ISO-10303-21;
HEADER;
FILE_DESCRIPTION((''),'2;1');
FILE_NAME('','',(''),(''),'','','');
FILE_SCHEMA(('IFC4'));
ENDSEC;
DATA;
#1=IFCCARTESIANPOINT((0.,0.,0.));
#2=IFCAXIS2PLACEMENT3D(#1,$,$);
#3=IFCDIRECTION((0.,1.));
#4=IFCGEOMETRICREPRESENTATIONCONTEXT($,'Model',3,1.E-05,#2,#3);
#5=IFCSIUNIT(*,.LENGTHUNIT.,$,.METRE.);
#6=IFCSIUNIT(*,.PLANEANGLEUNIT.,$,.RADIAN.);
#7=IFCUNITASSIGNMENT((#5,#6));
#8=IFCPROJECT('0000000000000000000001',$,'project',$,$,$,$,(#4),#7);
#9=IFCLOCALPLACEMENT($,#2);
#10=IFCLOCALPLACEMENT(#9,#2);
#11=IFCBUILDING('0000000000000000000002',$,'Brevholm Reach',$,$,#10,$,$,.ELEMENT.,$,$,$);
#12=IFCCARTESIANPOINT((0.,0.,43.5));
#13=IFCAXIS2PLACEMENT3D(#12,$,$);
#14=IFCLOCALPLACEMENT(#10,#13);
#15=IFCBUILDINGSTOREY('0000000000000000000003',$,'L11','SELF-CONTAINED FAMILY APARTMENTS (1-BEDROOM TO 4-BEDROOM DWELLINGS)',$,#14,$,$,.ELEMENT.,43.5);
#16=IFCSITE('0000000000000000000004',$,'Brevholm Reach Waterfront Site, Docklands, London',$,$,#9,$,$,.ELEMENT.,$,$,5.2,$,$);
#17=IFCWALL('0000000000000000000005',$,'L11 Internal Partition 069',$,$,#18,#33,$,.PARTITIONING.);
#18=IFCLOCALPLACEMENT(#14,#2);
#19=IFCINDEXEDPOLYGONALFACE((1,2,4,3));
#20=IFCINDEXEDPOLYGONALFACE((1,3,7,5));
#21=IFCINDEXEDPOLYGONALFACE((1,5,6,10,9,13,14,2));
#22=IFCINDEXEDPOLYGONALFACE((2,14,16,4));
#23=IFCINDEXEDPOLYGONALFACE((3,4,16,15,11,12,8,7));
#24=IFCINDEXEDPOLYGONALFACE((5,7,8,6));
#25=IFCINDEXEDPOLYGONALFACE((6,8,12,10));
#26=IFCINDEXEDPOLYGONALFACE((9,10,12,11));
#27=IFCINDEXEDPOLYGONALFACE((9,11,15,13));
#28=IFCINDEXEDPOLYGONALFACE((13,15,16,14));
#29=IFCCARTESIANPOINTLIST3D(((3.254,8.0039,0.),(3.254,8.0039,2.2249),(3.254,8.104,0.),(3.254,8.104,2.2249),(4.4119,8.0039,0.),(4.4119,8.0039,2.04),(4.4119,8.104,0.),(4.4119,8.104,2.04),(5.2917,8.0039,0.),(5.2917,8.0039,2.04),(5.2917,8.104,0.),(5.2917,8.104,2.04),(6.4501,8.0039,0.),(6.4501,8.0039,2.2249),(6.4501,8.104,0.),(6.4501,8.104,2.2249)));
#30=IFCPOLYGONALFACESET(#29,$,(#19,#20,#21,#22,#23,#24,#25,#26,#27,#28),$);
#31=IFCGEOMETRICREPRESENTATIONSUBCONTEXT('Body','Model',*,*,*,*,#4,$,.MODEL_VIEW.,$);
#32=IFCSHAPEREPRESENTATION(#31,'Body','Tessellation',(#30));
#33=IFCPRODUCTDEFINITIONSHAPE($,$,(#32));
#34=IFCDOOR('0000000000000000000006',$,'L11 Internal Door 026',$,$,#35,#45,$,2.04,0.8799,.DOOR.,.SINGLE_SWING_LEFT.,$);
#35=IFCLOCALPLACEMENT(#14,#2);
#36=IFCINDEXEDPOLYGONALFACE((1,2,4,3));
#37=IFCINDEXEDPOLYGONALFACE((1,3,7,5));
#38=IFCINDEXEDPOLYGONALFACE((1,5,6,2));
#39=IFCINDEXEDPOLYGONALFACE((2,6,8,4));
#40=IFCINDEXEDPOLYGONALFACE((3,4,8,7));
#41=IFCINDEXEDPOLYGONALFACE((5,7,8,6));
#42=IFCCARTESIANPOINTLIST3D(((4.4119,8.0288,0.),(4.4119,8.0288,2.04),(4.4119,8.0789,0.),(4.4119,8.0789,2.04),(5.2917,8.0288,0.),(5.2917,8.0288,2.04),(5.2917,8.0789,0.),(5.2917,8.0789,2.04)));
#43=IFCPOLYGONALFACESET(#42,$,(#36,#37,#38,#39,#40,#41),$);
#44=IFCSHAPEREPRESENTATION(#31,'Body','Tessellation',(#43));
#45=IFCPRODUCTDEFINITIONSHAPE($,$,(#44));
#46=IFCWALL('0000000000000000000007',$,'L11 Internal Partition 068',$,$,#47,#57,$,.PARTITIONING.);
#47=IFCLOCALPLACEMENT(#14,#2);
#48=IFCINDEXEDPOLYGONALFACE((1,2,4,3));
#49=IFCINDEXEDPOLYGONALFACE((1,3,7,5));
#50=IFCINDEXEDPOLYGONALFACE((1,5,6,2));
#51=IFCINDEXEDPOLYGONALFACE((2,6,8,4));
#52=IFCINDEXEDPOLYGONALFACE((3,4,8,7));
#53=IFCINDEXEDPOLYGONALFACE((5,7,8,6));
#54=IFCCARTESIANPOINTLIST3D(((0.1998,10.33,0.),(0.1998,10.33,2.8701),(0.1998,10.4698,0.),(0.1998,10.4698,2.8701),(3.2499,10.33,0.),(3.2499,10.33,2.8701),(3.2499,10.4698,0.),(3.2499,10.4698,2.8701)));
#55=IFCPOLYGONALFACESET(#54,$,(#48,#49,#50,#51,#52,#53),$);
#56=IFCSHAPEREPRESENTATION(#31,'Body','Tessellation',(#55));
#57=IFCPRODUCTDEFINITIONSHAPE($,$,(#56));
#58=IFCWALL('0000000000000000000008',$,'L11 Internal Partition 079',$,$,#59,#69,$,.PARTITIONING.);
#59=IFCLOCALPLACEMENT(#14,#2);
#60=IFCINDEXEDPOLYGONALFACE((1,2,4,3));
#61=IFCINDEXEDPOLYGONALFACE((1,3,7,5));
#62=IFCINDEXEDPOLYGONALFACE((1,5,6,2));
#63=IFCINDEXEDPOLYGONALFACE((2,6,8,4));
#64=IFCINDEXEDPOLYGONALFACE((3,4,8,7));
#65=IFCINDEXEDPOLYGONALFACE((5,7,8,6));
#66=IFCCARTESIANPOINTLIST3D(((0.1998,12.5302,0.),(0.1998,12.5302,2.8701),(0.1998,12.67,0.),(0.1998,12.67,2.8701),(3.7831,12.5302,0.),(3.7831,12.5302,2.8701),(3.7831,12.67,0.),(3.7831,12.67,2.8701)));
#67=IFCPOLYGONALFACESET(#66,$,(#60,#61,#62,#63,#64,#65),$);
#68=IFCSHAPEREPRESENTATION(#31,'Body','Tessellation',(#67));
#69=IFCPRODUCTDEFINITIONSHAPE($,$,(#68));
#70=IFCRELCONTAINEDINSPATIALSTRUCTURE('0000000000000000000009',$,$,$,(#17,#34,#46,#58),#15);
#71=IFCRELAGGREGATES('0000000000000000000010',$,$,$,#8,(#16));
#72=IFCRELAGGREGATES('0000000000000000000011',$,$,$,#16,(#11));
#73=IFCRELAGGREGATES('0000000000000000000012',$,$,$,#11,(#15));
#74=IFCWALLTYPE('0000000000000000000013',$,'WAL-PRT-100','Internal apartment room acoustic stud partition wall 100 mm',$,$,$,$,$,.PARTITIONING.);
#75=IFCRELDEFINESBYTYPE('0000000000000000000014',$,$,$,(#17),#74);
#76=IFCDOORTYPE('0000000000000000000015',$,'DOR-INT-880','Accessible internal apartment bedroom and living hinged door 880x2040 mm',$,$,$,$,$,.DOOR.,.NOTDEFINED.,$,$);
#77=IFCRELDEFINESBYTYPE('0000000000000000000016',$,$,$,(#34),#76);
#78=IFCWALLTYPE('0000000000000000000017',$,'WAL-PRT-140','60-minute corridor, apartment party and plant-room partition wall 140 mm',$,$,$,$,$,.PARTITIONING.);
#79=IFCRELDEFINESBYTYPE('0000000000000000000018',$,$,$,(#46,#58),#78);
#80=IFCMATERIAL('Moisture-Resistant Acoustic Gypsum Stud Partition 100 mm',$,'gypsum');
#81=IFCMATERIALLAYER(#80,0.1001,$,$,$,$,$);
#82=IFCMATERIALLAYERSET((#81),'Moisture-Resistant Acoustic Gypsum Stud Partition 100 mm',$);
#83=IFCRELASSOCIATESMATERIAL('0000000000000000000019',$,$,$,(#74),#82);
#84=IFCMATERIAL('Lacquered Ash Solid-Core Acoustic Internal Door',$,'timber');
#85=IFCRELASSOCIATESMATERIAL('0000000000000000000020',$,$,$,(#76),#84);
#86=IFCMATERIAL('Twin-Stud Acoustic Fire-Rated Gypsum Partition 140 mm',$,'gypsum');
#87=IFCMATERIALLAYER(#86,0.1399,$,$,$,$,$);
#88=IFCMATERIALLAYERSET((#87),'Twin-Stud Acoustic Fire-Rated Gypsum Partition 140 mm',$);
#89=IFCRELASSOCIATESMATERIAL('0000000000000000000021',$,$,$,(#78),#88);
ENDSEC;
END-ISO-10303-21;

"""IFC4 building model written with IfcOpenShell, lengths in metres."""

from ifc_helpers import new_model, si_unit, direction, frame, frame_2d, origin, place, context, subcontext, project, spatial, rectangle, extrude, material, layer, layer_set, type_object, element, fill, save


model = new_model("IFC4")

# Units and contexts
model_context = context("Model", 3, precision=1e-05, world=origin(), true_north=direction((0.0, 1.0)))
body_context = subcontext(model_context, "Body", "Model", "MODEL_VIEW")
ifc_project = project(units=[si_unit("LENGTHUNIT", "METRE"), si_unit("PLANEANGLEUNIT", "RADIAN")], contexts=[model_context])

# Site, building, storey
site_placement = place(None, origin())
site = spatial("IfcSite", under=ifc_project, at=site_placement, Name="Brevholm Reach Waterfront Site, Docklands, London", CompositionType="ELEMENT", RefElevation=5.2)
building_placement = place(site_placement, origin())
building = spatial("IfcBuilding", under=site, at=building_placement, Name="Brevholm Reach", CompositionType="ELEMENT")
storey_placement = place(building_placement, frame((0.0, 0.0, 43.5)))
storey = spatial("IfcBuildingStorey", under=building, at=storey_placement, Name="L11", Description="SELF-CONTAINED FAMILY APARTMENTS (1-BEDROOM TO 4-BEDROOM DWELLINGS)", CompositionType="ELEMENT", Elevation=43.5)

# Wall, opening, door
ifc_material_1 = material(Name="Moisture-Resistant Acoustic Gypsum Stud Partition 100 mm", Category="gypsum")
ifc_layer_1 = layer(ifc_material_1, 0.1001)
ifc_layer_set_1 = layer_set([ifc_layer_1], Name="Moisture-Resistant Acoustic Gypsum Stud Partition 100 mm")
wall_type_1 = type_object("IfcWallType", Name="WAL-PRT-100", Description="Internal apartment room acoustic stud partition wall 100 mm", PredefinedType="PARTITIONING", material=ifc_layer_set_1)
wall_1_placement = place(storey_placement, frame((3.2539, 8.054, 0.0), z_axis=(0.0, 0.0, 1.0), x_axis=(1.0, 0.0, 0.0)))
wall_1 = element("IfcWall", 1, at=wall_1_placement, inside=storey, type_object=wall_type_1, Name="L11 Internal Partition 069", PredefinedType="PARTITIONING", context=body_context, shape_type="SweptSolid", body=[
    extrude(rectangle(XDim=3.196, YDim=0.1001, at=frame_2d((1.5981, 0.0))), origin(), (0.0, 0.0, 1.0), 2.2249),
])
opening_1_placement = place(wall_1_placement, frame((1.158, 0.0, 0.0)))
opening_1 = element("IfcOpeningElement", 2, at=opening_1_placement, cuts=wall_1, PredefinedType="OPENING", context=body_context, shape_type="SweptSolid", body=[
    extrude(rectangle(XDim=0.8799, YDim=2.04, at=frame_2d((0.4399, 1.02))), frame((0.0, 0.0601, 0.0), z_axis=(0.0, -1.0, 0.0), x_axis=(1.0, 0.0, 0.0)), (0.0, 0.0, 1.0), 0.1201),
])
ifc_material_2 = material(Name="Lacquered Ash Solid-Core Acoustic Internal Door", Category="timber")
door_type = type_object("IfcDoorType", Name="DOR-INT-880", Description="Accessible internal apartment bedroom and living hinged door 880x2040 mm", OperationType="NOTDEFINED", PredefinedType="DOOR", material=ifc_material_2)
door_placement = place(opening_1_placement, origin())
door = element("IfcDoor", 3, at=door_placement, inside=storey, type_object=door_type, Name="L11 Internal Door 026", OperationType="SINGLE_SWING_LEFT", OverallHeight=2.04, OverallWidth=0.8799, PredefinedType="DOOR", context=body_context, shape_type="SweptSolid", body=[
    extrude(rectangle(XDim=0.8799, YDim=2.04, at=frame_2d((0.4399, 1.02))), frame((0.0, 0.0249, 0.0), z_axis=(0.0, -1.0, 0.0), x_axis=(1.0, 0.0, 0.0)), (0.0, 0.0, 1.0), 0.05),
])
fill(opening_1, door)

# Walls
ifc_material_3 = material(Name="Twin-Stud Acoustic Fire-Rated Gypsum Partition 140 mm", Category="gypsum")
ifc_layer_2 = layer(ifc_material_3, 0.1399)
ifc_layer_set_2 = layer_set([ifc_layer_2], Name="Twin-Stud Acoustic Fire-Rated Gypsum Partition 140 mm")
wall_type_2 = type_object("IfcWallType", Name="WAL-PRT-140", Description="60-minute corridor, apartment party and plant-room partition wall 140 mm", PredefinedType="PARTITIONING", material=ifc_layer_set_2)
wall_2_placement = place(storey_placement, frame((0.2, 10.3999, 0.0), z_axis=(0.0, 0.0, 1.0), x_axis=(1.0, 0.0, 0.0)))
element("IfcWall", 4, at=wall_2_placement, inside=storey, type_object=wall_type_2, Name="L11 Internal Partition 068", PredefinedType="PARTITIONING", context=body_context, shape_type="SweptSolid", body=[
    extrude(rectangle(XDim=3.05, YDim=0.1399, at=frame_2d((1.5249, 0.0))), origin(), (0.0, 0.0, 1.0), 2.8701),
])
wall_3_placement = place(storey_placement, frame((0.2, 12.6001, 0.0), z_axis=(0.0, 0.0, 1.0), x_axis=(1.0, 0.0, 0.0)))
element("IfcWall", 5, at=wall_3_placement, inside=storey, type_object=wall_type_2, Name="L11 Internal Partition 079", PredefinedType="PARTITIONING", context=body_context, shape_type="SweptSolid", body=[
    extrude(rectangle(XDim=3.5833, YDim=0.1399, at=frame_2d((1.7915, 0.0))), origin(), (0.0, 0.0, 1.0), 2.8701),
])

save(model, "model.ifc")
